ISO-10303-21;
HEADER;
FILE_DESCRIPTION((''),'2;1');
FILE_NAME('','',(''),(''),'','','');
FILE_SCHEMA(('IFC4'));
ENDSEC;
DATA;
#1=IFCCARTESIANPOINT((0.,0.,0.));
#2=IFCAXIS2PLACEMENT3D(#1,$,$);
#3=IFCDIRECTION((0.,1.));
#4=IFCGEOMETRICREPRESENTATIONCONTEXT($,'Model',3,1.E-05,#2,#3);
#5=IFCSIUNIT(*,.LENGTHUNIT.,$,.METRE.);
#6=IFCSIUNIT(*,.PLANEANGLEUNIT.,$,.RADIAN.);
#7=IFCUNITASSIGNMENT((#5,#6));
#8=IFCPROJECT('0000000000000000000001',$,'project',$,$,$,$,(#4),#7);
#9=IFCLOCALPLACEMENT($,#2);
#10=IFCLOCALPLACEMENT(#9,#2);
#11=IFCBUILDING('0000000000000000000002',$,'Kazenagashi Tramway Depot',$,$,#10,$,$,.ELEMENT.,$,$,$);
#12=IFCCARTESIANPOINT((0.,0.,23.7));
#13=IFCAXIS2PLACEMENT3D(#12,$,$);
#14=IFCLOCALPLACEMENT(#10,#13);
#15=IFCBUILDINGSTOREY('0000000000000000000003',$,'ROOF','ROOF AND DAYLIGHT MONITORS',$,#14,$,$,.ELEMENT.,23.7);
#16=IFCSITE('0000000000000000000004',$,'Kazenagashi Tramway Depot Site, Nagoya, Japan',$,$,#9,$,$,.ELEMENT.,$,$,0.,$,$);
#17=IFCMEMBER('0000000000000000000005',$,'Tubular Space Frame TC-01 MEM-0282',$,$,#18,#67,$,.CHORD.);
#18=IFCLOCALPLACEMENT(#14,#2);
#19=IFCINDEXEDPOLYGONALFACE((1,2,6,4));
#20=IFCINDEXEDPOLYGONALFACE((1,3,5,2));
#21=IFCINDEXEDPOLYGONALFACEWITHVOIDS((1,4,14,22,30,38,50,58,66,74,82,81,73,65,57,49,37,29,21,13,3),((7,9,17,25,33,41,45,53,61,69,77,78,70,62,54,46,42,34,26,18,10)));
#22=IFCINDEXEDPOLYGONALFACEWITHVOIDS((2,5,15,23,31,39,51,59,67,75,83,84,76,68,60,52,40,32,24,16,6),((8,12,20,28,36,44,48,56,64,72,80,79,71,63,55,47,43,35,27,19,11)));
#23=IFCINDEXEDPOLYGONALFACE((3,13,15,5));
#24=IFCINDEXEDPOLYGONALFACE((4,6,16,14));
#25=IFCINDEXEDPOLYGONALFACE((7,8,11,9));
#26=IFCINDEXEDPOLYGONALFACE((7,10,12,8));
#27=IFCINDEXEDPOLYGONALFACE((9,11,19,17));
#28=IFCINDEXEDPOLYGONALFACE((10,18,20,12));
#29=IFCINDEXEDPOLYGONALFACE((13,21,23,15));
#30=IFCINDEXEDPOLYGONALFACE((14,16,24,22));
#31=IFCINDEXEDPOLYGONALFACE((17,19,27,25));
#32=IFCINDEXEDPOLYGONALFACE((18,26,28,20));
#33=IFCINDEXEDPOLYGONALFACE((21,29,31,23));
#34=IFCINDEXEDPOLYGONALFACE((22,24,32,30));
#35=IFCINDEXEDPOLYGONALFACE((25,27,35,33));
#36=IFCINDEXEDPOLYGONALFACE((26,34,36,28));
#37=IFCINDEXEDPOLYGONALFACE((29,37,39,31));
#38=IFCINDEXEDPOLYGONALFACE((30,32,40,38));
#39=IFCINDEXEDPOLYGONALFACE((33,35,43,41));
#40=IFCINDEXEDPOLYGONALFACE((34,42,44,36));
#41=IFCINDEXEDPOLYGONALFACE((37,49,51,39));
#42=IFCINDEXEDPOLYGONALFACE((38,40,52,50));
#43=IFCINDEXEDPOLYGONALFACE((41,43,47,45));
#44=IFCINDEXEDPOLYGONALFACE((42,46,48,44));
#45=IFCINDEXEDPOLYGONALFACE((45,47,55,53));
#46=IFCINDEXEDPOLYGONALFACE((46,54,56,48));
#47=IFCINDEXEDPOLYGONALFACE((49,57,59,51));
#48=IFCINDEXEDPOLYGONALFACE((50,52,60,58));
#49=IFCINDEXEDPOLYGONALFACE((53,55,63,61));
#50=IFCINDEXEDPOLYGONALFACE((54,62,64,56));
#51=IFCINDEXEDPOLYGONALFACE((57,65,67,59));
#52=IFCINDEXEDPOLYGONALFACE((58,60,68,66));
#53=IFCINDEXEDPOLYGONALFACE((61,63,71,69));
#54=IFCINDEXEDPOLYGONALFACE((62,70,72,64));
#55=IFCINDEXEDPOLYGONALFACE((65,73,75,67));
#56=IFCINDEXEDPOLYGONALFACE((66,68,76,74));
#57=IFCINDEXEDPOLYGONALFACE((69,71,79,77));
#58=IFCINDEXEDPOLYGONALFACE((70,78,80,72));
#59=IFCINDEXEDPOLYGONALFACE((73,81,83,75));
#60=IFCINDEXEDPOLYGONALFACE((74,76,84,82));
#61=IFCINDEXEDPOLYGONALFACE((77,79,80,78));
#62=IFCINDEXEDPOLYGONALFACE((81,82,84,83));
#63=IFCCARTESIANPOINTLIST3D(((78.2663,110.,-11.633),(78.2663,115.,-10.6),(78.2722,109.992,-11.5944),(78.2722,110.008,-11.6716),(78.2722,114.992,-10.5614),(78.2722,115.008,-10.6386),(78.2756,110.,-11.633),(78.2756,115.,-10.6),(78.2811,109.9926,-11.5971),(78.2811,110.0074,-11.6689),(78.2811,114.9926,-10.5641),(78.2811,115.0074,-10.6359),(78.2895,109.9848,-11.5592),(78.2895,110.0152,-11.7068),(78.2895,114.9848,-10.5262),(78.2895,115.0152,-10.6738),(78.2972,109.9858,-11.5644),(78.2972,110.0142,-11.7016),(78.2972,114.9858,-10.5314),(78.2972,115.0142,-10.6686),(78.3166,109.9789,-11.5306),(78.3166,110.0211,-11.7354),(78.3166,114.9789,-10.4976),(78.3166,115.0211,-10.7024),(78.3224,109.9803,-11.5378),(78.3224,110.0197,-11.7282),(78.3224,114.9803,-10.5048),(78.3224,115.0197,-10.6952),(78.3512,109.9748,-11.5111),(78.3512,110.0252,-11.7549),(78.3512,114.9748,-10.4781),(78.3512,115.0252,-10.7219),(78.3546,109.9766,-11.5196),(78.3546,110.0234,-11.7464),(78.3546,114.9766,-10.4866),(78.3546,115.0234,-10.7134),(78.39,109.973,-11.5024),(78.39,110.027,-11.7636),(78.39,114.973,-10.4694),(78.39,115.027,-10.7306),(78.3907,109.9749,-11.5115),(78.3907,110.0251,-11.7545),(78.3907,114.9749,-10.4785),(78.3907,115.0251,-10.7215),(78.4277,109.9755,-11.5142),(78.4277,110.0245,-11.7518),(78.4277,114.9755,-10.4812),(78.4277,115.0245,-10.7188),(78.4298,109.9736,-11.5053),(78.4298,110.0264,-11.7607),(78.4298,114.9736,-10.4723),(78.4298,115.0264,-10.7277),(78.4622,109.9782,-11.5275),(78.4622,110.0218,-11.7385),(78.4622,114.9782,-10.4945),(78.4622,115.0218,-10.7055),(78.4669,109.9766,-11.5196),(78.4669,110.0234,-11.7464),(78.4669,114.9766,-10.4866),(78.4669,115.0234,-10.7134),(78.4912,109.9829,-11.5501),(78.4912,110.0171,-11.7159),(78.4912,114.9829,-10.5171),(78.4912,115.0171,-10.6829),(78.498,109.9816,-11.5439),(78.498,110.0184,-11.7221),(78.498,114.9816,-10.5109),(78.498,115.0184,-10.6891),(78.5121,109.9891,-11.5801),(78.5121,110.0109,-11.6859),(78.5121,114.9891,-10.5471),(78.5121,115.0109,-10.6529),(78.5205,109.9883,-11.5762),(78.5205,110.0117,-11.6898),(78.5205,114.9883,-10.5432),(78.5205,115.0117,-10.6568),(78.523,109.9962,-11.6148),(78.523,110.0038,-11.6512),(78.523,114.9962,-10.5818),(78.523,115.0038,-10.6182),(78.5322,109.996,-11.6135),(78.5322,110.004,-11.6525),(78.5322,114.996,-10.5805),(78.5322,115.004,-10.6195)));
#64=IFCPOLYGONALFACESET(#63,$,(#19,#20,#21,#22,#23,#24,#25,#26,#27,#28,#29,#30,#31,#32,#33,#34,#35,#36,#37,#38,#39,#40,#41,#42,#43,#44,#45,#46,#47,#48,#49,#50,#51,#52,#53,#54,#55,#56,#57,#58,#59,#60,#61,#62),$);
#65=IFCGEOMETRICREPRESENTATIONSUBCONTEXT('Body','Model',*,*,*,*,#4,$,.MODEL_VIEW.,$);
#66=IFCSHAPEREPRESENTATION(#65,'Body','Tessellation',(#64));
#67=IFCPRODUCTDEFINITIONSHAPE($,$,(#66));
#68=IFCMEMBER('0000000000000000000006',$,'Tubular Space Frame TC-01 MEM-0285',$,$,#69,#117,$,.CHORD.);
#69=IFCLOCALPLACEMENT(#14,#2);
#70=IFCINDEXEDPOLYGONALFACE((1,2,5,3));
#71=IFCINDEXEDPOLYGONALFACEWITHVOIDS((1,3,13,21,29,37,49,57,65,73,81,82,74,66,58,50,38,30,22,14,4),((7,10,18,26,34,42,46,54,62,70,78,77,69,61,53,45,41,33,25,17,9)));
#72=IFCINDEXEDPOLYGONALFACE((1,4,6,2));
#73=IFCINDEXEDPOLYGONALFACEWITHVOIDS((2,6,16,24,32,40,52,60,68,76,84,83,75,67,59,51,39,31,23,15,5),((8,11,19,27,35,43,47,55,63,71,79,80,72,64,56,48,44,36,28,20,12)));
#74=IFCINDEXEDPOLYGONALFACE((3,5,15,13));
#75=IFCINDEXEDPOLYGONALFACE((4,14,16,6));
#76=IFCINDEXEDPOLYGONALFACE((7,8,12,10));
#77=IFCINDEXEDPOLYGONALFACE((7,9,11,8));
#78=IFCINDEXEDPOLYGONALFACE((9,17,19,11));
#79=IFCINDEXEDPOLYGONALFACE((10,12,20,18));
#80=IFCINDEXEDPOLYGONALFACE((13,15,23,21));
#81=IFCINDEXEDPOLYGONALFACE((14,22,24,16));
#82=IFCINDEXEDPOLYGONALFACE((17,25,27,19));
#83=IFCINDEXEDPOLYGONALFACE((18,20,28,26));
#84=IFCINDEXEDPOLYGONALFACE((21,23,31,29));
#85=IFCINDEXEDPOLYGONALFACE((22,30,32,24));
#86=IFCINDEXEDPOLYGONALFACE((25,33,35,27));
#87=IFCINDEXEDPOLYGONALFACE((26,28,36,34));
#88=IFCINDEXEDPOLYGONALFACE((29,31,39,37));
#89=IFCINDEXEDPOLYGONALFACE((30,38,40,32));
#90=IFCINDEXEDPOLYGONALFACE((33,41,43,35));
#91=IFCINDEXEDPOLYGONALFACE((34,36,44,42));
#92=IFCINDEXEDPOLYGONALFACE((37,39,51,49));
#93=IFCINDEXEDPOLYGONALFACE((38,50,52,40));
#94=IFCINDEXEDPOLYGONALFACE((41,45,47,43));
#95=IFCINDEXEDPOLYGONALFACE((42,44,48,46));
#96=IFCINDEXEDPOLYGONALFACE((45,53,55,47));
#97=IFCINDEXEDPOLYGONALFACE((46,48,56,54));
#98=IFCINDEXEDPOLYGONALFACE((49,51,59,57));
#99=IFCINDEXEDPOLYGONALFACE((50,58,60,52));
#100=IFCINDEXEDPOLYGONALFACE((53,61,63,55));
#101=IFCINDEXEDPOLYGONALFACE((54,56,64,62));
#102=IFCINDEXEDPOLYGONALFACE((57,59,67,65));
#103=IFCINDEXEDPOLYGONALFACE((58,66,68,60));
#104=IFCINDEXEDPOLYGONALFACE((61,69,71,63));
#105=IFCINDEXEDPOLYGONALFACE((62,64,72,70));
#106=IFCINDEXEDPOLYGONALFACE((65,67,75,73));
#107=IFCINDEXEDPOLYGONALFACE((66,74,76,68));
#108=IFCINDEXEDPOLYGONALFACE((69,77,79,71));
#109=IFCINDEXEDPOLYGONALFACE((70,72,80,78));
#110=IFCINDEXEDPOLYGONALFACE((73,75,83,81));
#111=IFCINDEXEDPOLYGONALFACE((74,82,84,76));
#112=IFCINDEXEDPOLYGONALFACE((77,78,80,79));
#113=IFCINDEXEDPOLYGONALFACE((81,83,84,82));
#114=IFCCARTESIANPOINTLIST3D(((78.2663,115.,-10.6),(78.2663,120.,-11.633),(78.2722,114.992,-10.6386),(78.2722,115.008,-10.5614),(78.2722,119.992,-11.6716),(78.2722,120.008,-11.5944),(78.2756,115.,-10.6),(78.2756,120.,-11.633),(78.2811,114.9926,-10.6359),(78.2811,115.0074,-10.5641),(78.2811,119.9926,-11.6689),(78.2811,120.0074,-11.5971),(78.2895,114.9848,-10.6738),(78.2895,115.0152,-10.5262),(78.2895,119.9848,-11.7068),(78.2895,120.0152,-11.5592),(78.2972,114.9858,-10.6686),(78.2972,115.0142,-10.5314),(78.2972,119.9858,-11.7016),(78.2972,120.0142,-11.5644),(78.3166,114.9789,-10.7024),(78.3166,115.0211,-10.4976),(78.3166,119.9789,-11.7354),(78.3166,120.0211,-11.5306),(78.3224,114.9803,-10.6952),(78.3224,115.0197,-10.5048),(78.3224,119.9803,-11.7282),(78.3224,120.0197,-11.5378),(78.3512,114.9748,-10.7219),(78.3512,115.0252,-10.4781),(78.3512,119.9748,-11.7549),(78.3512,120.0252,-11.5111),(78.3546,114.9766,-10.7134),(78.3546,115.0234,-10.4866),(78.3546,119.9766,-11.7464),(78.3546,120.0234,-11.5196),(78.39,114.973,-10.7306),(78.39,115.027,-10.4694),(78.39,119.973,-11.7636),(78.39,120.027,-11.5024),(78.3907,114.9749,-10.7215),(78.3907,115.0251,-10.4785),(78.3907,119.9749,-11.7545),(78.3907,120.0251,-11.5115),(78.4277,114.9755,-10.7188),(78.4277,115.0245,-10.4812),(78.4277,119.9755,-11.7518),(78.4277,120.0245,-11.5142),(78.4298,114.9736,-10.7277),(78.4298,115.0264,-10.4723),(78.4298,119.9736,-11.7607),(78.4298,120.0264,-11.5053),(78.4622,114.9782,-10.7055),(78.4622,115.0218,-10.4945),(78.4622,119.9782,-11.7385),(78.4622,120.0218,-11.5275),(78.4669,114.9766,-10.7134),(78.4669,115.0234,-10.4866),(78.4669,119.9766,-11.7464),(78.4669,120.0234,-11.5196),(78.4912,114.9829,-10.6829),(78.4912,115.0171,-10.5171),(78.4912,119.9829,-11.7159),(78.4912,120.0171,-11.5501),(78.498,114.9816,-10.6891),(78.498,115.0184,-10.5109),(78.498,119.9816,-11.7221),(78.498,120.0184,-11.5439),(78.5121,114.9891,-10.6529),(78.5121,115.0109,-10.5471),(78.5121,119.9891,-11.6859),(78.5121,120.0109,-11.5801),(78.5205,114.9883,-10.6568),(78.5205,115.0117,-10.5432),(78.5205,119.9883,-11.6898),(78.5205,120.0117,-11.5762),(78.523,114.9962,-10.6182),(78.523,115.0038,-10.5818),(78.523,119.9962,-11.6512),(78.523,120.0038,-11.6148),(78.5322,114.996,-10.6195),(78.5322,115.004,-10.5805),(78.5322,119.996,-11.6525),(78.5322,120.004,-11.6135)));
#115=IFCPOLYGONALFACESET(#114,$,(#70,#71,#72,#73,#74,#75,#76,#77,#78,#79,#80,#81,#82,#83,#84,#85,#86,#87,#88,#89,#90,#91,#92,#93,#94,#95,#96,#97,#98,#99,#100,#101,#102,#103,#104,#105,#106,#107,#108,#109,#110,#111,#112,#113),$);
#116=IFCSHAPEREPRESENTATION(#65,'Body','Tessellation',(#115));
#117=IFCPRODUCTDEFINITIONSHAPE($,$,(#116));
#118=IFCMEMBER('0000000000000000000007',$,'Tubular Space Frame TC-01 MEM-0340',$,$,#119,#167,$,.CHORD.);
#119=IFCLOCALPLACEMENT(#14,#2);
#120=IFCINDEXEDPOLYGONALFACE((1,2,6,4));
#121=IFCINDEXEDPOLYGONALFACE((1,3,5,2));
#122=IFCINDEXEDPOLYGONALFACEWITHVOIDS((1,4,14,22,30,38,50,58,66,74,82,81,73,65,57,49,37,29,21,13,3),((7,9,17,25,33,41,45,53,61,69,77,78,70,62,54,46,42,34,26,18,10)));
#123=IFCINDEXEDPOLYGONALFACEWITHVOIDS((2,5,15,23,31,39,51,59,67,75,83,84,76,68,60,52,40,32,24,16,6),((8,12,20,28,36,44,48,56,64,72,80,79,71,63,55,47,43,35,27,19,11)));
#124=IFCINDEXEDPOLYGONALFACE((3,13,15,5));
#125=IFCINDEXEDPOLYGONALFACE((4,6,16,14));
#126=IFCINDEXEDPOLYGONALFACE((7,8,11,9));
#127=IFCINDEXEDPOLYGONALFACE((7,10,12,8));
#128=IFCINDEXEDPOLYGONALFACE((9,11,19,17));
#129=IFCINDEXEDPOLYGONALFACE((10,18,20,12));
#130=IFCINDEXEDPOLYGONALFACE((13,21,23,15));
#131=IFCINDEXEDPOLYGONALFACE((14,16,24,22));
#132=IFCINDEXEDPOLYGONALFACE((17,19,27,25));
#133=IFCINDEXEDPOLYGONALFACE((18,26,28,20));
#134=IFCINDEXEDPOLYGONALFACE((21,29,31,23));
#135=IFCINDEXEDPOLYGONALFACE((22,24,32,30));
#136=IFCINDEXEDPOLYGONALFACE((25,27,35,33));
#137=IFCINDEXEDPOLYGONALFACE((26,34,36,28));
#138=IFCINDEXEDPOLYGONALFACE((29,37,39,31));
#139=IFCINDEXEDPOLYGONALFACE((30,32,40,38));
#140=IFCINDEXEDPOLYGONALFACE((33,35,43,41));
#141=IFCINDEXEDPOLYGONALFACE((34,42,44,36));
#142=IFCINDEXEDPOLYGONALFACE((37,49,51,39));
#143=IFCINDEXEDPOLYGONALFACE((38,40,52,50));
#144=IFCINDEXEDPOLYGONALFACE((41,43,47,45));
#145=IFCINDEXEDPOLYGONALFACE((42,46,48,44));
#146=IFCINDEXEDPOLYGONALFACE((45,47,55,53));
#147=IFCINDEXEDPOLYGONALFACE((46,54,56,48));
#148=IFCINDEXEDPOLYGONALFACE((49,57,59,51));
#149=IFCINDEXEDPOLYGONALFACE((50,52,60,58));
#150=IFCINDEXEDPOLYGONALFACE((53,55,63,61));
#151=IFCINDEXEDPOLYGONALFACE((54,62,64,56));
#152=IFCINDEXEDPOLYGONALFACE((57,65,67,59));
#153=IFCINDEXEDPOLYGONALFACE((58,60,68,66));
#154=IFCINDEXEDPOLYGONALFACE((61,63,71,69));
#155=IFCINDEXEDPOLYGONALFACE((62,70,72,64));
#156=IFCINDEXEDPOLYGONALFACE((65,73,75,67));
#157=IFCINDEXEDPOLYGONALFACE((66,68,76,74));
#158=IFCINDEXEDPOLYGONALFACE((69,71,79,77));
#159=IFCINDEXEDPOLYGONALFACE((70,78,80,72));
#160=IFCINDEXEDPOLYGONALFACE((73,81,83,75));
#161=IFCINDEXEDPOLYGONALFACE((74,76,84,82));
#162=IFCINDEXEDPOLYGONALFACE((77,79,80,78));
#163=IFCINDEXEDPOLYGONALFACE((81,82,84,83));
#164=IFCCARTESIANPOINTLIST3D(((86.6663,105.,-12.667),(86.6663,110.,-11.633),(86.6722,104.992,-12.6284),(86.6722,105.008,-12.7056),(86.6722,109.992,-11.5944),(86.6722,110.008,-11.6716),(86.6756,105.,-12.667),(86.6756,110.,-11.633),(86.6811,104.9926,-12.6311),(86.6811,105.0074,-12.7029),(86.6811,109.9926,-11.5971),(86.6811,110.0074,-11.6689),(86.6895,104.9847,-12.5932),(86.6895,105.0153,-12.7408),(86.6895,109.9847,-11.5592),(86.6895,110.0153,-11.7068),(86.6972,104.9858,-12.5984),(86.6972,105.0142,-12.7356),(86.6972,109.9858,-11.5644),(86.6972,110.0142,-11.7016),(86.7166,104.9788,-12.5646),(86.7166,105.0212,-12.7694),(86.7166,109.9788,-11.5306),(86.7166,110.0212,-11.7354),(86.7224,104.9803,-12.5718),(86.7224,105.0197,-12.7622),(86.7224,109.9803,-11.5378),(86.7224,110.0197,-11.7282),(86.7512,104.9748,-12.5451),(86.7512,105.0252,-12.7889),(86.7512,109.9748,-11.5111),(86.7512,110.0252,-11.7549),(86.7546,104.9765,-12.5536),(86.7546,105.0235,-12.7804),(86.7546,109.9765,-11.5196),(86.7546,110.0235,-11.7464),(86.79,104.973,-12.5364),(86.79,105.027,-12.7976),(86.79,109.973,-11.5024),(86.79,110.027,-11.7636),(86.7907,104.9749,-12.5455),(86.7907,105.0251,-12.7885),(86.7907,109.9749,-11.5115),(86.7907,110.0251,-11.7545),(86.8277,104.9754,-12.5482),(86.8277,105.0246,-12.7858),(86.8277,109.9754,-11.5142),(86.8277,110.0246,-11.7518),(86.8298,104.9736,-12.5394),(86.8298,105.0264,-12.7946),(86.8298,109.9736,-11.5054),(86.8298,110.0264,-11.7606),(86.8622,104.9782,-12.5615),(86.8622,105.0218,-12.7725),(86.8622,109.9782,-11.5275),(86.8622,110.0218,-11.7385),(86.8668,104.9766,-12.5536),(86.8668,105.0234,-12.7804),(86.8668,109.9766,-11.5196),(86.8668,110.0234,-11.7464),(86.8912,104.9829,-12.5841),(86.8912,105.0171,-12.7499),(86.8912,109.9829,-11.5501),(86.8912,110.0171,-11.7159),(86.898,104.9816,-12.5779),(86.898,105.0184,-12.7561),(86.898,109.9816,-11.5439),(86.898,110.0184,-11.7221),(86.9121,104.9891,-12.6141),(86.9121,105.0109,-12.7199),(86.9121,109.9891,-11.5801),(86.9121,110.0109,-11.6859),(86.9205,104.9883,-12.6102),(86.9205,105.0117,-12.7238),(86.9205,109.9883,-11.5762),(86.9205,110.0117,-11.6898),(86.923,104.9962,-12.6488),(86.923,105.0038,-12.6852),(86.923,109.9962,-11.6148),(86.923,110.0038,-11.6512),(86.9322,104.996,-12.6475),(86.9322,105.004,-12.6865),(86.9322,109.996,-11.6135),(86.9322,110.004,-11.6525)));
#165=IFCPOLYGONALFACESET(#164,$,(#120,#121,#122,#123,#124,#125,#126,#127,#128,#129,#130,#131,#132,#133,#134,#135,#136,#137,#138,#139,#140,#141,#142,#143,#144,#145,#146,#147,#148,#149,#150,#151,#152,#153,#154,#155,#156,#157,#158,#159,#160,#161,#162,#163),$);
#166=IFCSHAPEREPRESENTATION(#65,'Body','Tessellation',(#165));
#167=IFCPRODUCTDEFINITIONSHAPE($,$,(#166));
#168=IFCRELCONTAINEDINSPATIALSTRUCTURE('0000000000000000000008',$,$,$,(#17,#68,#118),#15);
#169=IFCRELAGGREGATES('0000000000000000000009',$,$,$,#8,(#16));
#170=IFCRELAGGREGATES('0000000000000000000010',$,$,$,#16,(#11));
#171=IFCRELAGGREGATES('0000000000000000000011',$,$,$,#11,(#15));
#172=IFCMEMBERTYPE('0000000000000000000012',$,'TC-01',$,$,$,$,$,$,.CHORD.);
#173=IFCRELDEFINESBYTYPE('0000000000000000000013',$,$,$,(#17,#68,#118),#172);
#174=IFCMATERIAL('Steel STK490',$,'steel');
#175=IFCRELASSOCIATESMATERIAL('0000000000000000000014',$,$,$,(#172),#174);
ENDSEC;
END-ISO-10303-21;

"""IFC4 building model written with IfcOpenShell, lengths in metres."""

from ifc_helpers import new_model, si_unit, direction, frame, origin, origin_2d, place, context, subcontext, project, spatial, hollow_circle, extrude, material, material_profile, profile_set, type_object, element, save


model = new_model("IFC4")

# Units and contexts
model_context = context("Model", 3, precision=1e-05, world=origin(), true_north=direction((0.0, 1.0)))
body_context = subcontext(model_context, "Body", "Model", "MODEL_VIEW")
ifc_project = project(units=[si_unit("LENGTHUNIT", "METRE"), si_unit("PLANEANGLEUNIT", "RADIAN")], contexts=[model_context])

# Site, building, storey
site_placement = place(None, origin())
site = spatial("IfcSite", under=ifc_project, at=site_placement, Name="Kazenagashi Tramway Depot Site, Nagoya, Japan", CompositionType="ELEMENT", RefElevation=0.0)
building_placement = place(site_placement, origin())
building = spatial("IfcBuilding", under=site, at=building_placement, Name="Kazenagashi Tramway Depot", CompositionType="ELEMENT")
storey_placement = place(building_placement, frame((0.0, 0.0, 23.7)))
storey = spatial("IfcBuildingStorey", under=building, at=storey_placement, Name="ROOF", Description="ROOF AND DAYLIGHT MONITORS", CompositionType="ELEMENT", Elevation=23.7)

# Members
ifc_material_1 = material(Name="Steel STK490", Category="steel")
ifc_material_profile_1 = material_profile(ifc_material_1, hollow_circle(Radius=0.1337, WallThickness=0.0093, at=origin_2d()), Name="CHS-267.4x9.3")
ifc_profile_set_1 = profile_set([ifc_material_profile_1], Name="Steel STK490")
member_type_1 = type_object("IfcMemberType", Name="TC-01", PredefinedType="CHORD", material=ifc_profile_set_1)
for number, where, z_axis, x_axis, name in (
    (1, (78.4, 110.0, -11.633), (0.0, 0.979318, 0.202327), (-1.0, 0.0, 0.0), "Tubular Space Frame TC-01 MEM-0282"),
    (2, (78.4, 115.0, -10.6), (0.0, 0.979318, -0.202327), (-1.0, 0.0, 0.0), "Tubular Space Frame TC-01 MEM-0285"),
):
    element("IfcMember", number, at=place(storey_placement, frame(where, z_axis=z_axis, x_axis=x_axis)), inside=storey, type_object=member_type_1, Name=name, PredefinedType="CHORD", context=body_context, shape_type="SweptSolid", body=[
        extrude(hollow_circle(Radius=0.1337, WallThickness=0.0093, at=origin_2d()), origin(), (0.0, 0.0, 1.0), 5.1056),
    ])
member_1_placement = place(storey_placement, frame((86.8, 105.0, -12.667), z_axis=(0.0, 0.979279, 0.202515), x_axis=(-1.0, 0.0, 0.0)))
element("IfcMember", 3, at=member_1_placement, inside=storey, type_object=member_type_1, Name="Tubular Space Frame TC-01 MEM-0340", PredefinedType="CHORD", context=body_context, shape_type="SweptSolid", body=[
    extrude(hollow_circle(Radius=0.1337, WallThickness=0.0093, at=origin_2d()), origin(), (0.0, 0.0, 1.0), 5.1058),
])

save(model, "model.ifc")
